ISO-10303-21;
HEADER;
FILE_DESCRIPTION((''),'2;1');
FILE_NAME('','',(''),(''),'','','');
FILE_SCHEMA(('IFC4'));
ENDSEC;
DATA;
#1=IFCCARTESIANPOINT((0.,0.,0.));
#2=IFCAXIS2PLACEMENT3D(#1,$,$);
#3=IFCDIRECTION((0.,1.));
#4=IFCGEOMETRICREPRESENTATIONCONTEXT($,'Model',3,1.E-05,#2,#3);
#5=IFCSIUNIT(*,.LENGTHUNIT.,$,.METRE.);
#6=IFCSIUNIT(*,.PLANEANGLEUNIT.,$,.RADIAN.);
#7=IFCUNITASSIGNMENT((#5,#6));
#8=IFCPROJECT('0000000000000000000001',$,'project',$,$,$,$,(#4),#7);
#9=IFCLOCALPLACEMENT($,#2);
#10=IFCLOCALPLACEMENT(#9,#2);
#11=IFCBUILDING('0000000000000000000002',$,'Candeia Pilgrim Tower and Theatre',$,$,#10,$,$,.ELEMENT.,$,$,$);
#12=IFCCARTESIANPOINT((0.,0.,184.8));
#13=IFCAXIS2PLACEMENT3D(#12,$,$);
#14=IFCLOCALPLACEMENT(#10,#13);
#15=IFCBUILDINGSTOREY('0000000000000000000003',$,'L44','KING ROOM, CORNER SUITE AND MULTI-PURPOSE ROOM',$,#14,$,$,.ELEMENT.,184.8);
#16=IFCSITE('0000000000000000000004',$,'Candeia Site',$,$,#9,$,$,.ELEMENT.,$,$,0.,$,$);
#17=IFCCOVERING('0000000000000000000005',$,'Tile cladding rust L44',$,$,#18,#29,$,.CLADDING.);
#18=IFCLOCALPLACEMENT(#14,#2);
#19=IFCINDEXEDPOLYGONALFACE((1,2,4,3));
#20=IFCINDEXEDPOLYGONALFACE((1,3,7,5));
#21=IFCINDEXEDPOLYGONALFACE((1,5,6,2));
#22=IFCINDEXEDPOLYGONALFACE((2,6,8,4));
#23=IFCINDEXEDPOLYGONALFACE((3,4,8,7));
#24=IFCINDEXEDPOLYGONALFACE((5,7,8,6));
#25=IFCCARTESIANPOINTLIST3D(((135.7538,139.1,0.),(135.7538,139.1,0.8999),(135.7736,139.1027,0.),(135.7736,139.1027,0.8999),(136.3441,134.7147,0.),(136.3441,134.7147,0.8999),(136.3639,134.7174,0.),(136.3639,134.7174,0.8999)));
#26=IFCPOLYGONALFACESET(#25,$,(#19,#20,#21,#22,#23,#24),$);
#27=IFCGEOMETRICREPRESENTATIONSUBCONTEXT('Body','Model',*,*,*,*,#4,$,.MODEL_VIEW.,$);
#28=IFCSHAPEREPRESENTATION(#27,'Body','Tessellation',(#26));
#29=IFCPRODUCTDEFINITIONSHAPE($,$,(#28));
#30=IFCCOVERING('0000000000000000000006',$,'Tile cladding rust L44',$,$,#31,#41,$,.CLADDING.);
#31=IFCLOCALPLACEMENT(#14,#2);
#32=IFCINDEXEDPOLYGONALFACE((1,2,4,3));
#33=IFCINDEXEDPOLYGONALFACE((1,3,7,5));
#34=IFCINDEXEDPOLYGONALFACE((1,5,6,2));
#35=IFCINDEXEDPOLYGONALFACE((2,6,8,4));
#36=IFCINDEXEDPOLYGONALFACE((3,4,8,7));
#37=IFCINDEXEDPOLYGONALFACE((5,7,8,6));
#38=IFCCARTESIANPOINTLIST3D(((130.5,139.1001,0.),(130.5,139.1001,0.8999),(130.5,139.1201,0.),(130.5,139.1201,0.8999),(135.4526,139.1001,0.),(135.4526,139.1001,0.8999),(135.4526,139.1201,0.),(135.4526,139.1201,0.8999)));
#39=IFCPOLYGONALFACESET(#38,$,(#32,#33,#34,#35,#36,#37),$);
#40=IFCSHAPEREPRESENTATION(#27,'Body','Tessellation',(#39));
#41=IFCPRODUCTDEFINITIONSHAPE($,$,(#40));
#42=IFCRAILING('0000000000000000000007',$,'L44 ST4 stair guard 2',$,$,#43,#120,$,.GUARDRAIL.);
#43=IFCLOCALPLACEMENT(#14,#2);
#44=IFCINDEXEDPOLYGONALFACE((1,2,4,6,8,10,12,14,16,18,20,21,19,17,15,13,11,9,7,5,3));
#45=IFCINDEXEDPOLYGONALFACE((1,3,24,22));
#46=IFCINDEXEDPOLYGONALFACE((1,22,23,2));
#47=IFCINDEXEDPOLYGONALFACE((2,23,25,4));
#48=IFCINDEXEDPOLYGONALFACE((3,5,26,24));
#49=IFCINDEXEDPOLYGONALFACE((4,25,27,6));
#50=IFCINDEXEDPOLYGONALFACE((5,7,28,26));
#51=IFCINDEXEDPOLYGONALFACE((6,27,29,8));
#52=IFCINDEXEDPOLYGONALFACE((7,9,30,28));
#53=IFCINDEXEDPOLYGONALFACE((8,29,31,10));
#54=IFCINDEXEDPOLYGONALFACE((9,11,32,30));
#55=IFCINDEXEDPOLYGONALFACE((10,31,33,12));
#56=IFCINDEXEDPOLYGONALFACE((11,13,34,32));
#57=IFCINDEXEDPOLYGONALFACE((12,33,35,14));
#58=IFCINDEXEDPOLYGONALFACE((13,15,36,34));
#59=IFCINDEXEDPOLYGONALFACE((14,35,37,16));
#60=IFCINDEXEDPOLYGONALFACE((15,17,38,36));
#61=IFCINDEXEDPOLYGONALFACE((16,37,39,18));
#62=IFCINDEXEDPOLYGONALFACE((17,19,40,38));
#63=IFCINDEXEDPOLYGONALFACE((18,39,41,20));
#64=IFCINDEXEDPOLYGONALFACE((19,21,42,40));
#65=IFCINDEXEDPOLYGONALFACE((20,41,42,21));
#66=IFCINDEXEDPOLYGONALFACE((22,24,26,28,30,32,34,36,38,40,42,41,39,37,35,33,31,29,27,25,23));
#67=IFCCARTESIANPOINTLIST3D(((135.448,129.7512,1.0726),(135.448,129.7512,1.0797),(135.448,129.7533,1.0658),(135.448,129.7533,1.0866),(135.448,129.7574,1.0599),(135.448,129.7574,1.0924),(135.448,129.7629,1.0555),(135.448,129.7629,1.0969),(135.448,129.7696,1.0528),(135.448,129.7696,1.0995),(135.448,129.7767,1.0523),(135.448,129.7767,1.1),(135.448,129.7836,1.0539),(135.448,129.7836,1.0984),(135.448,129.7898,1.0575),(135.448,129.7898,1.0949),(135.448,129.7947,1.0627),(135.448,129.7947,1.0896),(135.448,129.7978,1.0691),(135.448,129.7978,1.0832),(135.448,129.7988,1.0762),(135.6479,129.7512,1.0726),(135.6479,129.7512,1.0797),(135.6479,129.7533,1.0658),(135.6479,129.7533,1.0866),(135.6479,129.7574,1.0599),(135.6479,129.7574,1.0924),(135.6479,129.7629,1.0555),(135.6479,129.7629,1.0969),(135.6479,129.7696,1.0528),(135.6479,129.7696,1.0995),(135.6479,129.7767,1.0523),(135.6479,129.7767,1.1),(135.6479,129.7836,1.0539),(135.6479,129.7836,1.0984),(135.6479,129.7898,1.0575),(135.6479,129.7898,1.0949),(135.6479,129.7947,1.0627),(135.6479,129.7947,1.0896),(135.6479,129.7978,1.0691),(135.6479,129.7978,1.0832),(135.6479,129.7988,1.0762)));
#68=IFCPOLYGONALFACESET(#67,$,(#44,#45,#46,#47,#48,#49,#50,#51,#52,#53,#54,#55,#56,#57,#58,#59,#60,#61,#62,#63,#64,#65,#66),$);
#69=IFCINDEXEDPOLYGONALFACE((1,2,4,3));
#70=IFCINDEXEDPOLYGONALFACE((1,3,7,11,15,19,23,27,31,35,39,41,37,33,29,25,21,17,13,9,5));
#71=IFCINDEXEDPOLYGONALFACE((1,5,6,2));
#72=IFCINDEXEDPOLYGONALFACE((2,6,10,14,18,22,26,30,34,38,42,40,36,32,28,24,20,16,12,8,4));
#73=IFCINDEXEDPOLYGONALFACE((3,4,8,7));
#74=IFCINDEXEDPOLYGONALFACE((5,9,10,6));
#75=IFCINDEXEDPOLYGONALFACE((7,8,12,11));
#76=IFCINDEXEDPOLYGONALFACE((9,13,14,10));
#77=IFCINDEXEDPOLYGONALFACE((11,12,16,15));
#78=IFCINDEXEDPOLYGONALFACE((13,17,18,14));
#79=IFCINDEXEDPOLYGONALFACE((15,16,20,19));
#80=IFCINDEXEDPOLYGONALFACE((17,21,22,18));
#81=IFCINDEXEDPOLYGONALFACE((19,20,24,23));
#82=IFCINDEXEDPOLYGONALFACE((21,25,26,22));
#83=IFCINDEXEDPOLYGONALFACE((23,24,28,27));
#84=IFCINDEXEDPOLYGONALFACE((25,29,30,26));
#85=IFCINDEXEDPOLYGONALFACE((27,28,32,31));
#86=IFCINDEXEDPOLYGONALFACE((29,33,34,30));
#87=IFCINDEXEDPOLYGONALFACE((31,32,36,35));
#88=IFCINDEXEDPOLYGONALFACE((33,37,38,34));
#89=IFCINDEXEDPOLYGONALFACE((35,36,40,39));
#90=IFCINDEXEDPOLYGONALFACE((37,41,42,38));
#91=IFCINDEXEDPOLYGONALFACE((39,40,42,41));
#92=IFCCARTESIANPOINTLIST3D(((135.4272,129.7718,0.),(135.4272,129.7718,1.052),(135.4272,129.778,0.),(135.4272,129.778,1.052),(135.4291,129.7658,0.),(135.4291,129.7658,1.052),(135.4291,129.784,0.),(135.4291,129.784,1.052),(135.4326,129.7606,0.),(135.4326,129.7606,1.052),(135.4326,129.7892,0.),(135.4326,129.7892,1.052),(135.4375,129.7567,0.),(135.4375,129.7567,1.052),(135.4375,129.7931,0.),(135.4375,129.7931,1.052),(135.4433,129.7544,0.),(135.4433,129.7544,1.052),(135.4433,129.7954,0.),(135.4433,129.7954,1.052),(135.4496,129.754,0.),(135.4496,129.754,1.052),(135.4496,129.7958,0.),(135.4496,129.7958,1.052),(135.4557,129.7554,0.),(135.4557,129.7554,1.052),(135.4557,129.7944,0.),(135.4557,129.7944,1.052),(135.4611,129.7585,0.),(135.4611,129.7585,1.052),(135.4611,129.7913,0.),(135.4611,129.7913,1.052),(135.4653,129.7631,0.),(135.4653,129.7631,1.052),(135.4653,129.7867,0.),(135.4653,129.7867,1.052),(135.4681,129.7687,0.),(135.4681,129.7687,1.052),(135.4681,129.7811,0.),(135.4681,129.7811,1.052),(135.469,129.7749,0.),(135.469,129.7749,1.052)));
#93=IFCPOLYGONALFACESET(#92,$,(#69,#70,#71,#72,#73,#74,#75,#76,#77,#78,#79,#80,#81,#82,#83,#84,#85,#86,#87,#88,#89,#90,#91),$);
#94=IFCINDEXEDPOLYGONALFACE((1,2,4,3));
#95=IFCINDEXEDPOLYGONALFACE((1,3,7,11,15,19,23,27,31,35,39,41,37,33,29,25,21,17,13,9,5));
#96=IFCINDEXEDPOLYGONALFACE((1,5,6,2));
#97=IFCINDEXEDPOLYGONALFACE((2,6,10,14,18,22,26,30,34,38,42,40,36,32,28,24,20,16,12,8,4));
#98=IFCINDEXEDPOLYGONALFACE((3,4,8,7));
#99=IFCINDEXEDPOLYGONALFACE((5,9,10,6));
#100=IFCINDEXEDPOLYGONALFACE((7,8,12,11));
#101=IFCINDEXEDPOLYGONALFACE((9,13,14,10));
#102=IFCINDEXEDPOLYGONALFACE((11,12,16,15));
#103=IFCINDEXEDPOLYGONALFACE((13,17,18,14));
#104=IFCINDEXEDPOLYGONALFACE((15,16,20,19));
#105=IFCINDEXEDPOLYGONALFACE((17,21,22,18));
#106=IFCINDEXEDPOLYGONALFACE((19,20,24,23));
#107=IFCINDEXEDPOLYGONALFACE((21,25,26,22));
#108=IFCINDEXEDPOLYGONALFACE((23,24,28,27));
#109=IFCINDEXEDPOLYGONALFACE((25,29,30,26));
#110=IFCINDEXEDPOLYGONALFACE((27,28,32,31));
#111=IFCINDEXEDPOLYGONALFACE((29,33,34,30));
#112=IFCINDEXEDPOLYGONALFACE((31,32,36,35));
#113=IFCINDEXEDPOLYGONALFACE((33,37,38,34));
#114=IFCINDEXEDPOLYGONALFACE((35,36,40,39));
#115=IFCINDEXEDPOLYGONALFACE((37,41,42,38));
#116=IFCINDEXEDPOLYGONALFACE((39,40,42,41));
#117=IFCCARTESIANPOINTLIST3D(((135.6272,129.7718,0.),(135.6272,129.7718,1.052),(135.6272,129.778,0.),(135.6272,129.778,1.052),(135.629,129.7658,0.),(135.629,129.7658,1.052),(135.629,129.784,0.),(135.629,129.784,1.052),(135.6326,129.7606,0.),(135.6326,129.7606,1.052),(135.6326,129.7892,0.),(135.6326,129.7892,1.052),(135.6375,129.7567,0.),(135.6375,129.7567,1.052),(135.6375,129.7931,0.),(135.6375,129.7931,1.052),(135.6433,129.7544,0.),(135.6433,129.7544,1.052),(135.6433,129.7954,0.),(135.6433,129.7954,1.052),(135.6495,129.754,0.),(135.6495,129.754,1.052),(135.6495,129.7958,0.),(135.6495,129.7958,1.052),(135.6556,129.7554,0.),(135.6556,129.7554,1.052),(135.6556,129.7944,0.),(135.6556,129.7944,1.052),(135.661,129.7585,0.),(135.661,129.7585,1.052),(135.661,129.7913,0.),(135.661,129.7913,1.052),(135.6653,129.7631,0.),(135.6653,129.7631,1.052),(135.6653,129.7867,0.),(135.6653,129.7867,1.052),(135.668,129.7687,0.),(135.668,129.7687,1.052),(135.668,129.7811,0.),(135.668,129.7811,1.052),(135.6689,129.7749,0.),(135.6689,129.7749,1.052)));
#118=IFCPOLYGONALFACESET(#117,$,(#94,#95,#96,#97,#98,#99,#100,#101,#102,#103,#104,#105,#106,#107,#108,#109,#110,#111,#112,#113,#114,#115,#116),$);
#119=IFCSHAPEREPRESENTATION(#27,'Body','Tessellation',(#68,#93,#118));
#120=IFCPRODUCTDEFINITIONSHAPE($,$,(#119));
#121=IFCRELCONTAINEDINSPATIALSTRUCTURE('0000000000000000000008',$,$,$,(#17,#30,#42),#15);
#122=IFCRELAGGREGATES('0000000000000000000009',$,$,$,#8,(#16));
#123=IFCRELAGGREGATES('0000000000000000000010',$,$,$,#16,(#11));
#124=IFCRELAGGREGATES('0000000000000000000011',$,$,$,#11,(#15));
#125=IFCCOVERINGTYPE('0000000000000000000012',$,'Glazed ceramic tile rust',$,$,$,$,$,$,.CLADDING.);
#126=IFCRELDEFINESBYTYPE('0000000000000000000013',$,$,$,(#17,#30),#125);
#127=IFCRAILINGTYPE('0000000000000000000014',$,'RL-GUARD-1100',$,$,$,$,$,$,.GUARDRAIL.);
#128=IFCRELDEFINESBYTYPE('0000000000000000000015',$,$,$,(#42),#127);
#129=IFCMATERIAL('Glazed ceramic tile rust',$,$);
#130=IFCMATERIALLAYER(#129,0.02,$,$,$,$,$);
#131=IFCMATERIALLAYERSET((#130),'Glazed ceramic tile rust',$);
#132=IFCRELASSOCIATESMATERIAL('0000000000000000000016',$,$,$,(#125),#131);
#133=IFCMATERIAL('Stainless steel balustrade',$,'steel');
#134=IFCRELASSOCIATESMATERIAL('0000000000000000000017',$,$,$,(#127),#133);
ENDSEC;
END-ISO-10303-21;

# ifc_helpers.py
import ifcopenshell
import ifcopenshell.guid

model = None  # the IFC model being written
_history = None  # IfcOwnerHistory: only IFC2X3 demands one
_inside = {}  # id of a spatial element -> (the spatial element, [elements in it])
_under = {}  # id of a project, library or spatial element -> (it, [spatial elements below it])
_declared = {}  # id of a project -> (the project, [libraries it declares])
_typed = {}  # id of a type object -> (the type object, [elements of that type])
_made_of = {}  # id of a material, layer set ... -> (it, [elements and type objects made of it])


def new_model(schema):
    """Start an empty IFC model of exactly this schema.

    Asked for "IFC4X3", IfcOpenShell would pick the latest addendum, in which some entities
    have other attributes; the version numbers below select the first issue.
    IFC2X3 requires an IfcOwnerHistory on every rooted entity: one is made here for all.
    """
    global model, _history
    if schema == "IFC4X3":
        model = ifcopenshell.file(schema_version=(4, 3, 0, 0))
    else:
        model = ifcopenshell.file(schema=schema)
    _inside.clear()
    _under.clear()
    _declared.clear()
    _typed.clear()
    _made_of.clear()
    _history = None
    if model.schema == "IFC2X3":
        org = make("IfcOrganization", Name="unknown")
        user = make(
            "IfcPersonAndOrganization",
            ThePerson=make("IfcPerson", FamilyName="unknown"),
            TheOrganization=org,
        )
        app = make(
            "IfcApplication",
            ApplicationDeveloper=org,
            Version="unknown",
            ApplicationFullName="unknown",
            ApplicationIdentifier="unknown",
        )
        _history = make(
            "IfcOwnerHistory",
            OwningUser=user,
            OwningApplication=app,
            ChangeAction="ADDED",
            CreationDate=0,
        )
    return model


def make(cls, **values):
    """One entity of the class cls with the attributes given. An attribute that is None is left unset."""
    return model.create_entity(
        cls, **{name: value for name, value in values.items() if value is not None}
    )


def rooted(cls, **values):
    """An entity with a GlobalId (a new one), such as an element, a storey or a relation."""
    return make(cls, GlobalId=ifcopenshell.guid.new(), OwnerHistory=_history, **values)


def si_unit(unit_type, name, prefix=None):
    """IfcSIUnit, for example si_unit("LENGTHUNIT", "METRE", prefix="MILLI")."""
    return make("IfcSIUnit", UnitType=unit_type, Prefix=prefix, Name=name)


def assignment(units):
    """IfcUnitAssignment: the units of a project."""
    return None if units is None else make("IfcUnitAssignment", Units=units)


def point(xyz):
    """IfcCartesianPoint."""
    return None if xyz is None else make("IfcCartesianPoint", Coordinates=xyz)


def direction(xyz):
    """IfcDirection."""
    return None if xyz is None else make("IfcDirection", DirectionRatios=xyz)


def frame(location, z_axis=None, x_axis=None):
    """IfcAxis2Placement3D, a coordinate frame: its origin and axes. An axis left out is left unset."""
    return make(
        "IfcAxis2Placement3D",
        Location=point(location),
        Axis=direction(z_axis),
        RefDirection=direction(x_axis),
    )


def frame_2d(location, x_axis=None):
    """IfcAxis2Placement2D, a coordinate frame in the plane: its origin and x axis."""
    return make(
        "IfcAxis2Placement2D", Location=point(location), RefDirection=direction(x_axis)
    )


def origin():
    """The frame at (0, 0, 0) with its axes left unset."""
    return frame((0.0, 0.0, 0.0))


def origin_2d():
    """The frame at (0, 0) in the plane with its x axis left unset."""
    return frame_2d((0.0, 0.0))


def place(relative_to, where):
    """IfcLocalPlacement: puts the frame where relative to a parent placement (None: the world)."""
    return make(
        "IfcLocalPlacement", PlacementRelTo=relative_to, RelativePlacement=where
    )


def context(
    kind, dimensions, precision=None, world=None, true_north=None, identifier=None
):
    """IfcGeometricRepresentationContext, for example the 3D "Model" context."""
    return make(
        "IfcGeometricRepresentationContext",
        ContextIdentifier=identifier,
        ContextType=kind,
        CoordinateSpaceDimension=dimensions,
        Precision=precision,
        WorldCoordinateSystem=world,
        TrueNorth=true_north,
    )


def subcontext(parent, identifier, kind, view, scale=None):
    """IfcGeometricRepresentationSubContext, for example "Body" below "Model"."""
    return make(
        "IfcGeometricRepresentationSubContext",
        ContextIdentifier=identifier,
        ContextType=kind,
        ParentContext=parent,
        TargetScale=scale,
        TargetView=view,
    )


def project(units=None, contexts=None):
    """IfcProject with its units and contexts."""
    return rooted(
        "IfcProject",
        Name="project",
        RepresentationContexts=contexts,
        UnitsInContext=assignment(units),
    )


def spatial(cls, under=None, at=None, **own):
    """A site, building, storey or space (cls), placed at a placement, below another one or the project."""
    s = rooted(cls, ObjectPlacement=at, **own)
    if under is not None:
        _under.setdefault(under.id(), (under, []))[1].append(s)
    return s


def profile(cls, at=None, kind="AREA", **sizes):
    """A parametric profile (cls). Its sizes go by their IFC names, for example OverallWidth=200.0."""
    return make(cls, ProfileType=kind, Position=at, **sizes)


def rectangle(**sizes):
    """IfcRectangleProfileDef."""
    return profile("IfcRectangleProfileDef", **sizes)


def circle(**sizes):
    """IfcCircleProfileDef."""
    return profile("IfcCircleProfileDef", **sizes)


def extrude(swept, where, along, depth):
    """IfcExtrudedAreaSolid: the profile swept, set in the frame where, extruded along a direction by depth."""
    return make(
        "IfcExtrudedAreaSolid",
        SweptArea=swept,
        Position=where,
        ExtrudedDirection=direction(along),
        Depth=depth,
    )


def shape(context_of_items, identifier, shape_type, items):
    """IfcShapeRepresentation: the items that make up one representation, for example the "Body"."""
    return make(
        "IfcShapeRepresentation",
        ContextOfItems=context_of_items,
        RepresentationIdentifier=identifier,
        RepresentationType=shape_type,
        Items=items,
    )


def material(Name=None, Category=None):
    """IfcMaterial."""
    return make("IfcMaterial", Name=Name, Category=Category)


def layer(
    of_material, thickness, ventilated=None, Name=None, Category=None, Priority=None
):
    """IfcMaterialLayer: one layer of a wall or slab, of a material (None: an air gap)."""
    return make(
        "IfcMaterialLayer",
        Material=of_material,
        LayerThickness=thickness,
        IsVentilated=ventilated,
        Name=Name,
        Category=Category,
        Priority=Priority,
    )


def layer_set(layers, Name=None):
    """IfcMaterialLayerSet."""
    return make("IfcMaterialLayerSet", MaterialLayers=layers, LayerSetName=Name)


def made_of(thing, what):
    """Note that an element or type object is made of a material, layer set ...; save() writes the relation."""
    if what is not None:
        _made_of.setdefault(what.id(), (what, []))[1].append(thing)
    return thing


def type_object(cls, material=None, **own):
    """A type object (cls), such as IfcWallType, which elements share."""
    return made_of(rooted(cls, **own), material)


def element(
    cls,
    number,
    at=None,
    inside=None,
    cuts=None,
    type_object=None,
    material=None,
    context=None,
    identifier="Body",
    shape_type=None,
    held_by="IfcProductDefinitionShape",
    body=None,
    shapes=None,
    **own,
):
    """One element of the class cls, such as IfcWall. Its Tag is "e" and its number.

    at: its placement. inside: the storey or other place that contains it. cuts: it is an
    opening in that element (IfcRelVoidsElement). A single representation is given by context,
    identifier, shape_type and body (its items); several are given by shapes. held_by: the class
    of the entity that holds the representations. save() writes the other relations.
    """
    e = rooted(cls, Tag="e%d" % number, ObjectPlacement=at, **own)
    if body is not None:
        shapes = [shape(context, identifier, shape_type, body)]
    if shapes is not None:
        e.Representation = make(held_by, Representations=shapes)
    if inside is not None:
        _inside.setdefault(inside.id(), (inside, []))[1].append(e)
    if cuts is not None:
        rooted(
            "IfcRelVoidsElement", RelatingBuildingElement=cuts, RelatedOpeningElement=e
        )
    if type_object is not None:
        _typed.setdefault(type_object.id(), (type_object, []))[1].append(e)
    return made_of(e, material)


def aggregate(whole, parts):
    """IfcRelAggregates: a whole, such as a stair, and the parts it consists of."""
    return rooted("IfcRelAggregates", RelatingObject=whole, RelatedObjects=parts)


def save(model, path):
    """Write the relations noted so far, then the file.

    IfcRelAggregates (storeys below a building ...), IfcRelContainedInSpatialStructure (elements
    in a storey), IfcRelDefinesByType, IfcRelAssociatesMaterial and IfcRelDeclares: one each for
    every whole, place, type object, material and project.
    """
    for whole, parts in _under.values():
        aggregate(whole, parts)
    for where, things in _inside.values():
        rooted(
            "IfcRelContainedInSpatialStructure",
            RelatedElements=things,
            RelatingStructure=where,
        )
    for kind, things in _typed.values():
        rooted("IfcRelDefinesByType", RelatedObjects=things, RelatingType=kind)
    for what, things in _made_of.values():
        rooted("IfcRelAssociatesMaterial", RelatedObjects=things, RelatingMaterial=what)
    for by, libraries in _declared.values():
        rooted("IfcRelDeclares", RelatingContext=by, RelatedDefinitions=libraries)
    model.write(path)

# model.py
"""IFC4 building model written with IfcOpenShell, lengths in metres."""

from ifc_helpers import new_model, si_unit, direction, frame, origin, origin_2d, place, context, subcontext, project, spatial, rectangle, circle, extrude, material, layer, layer_set, type_object, element, save


model = new_model("IFC4")

# Units and contexts
model_context = context("Model", 3, precision=1e-05, world=origin(), true_north=direction((0.0, 1.0)))
body_context = subcontext(model_context, "Body", "Model", "MODEL_VIEW")
ifc_project = project(units=[si_unit("LENGTHUNIT", "METRE"), si_unit("PLANEANGLEUNIT", "RADIAN")], contexts=[model_context])

# Site, building, storey
site_placement = place(None, origin())
site = spatial("IfcSite", under=ifc_project, at=site_placement, Name="Candeia Site", CompositionType="ELEMENT", RefElevation=0.0)
building_placement = place(site_placement, origin())
building = spatial("IfcBuilding", under=site, at=building_placement, Name="Candeia Pilgrim Tower and Theatre", CompositionType="ELEMENT")
storey_placement = place(building_placement, frame((0.0, 0.0, 184.8)))
storey = spatial("IfcBuildingStorey", under=building, at=storey_placement, Name="L44", Description="KING ROOM, CORNER SUITE AND MULTI-PURPOSE ROOM", CompositionType="ELEMENT", Elevation=184.8)

# Coverings
ifc_material_1 = material(Name="Glazed ceramic tile rust")
ifc_layer_1 = layer(ifc_material_1, 0.02)
ifc_layer_set_1 = layer_set([ifc_layer_1], Name="Glazed ceramic tile rust")
covering_type = type_object("IfcCoveringType", Name="Glazed ceramic tile rust", PredefinedType="CLADDING", material=ifc_layer_set_1)
covering_1_placement = place(storey_placement, frame((136.0588, 136.9087, 0.0), z_axis=(0.0, 0.0, 1.0), x_axis=(-0.133412, 0.991061, 0.0)))
element("IfcCovering", 1, at=covering_1_placement, inside=storey, type_object=covering_type, Name="Tile cladding rust L44", PredefinedType="CLADDING", context=body_context, shape_type="SweptSolid", body=[
    extrude(rectangle(XDim=4.4248, YDim=0.02, at=origin_2d()), origin(), (0.0, 0.0, 1.0), 0.8999),
])
covering_2_placement = place(storey_placement, frame((132.9763, 139.1101, 0.0), z_axis=(0.0, 0.0, 1.0), x_axis=(-1.0, 0.0, 0.0)))
element("IfcCovering", 2, at=covering_2_placement, inside=storey, type_object=covering_type, Name="Tile cladding rust L44", PredefinedType="CLADDING", context=body_context, shape_type="SweptSolid", body=[
    extrude(rectangle(XDim=4.9526, YDim=0.02, at=origin_2d()), origin(), (0.0, 0.0, 1.0), 0.8999),
])

# Railing
ifc_material_2 = material(Name="Stainless steel balustrade", Category="steel")
railing_type = type_object("IfcRailingType", Name="RL-GUARD-1100", PredefinedType="GUARDRAIL", material=ifc_material_2)
railing_1_placement = place(storey_placement, frame((135.448, 129.7749, 0.0)))
element("IfcRailing", 3, at=railing_1_placement, inside=storey, type_object=railing_type, Name="L44 ST4 stair guard 2", PredefinedType="GUARDRAIL", context=body_context, shape_type="SweptSolid", body=[
    extrude(circle(Radius=0.0239, at=origin_2d()), frame((0.0, 0.0, 1.0762), z_axis=(1.0, 0.0, 0.0), x_axis=(0.0, 1.0, 0.0)), (0.0, 0.0, 1.0), 0.2),
    extrude(circle(Radius=0.021, at=origin_2d()), origin(), (0.0, 0.0, 1.0), 1.052),
    extrude(circle(Radius=0.021, at=origin_2d()), frame((0.2, 0.0, 0.0)), (0.0, 0.0, 1.0), 1.052),
])

save(model, "model.ifc")
